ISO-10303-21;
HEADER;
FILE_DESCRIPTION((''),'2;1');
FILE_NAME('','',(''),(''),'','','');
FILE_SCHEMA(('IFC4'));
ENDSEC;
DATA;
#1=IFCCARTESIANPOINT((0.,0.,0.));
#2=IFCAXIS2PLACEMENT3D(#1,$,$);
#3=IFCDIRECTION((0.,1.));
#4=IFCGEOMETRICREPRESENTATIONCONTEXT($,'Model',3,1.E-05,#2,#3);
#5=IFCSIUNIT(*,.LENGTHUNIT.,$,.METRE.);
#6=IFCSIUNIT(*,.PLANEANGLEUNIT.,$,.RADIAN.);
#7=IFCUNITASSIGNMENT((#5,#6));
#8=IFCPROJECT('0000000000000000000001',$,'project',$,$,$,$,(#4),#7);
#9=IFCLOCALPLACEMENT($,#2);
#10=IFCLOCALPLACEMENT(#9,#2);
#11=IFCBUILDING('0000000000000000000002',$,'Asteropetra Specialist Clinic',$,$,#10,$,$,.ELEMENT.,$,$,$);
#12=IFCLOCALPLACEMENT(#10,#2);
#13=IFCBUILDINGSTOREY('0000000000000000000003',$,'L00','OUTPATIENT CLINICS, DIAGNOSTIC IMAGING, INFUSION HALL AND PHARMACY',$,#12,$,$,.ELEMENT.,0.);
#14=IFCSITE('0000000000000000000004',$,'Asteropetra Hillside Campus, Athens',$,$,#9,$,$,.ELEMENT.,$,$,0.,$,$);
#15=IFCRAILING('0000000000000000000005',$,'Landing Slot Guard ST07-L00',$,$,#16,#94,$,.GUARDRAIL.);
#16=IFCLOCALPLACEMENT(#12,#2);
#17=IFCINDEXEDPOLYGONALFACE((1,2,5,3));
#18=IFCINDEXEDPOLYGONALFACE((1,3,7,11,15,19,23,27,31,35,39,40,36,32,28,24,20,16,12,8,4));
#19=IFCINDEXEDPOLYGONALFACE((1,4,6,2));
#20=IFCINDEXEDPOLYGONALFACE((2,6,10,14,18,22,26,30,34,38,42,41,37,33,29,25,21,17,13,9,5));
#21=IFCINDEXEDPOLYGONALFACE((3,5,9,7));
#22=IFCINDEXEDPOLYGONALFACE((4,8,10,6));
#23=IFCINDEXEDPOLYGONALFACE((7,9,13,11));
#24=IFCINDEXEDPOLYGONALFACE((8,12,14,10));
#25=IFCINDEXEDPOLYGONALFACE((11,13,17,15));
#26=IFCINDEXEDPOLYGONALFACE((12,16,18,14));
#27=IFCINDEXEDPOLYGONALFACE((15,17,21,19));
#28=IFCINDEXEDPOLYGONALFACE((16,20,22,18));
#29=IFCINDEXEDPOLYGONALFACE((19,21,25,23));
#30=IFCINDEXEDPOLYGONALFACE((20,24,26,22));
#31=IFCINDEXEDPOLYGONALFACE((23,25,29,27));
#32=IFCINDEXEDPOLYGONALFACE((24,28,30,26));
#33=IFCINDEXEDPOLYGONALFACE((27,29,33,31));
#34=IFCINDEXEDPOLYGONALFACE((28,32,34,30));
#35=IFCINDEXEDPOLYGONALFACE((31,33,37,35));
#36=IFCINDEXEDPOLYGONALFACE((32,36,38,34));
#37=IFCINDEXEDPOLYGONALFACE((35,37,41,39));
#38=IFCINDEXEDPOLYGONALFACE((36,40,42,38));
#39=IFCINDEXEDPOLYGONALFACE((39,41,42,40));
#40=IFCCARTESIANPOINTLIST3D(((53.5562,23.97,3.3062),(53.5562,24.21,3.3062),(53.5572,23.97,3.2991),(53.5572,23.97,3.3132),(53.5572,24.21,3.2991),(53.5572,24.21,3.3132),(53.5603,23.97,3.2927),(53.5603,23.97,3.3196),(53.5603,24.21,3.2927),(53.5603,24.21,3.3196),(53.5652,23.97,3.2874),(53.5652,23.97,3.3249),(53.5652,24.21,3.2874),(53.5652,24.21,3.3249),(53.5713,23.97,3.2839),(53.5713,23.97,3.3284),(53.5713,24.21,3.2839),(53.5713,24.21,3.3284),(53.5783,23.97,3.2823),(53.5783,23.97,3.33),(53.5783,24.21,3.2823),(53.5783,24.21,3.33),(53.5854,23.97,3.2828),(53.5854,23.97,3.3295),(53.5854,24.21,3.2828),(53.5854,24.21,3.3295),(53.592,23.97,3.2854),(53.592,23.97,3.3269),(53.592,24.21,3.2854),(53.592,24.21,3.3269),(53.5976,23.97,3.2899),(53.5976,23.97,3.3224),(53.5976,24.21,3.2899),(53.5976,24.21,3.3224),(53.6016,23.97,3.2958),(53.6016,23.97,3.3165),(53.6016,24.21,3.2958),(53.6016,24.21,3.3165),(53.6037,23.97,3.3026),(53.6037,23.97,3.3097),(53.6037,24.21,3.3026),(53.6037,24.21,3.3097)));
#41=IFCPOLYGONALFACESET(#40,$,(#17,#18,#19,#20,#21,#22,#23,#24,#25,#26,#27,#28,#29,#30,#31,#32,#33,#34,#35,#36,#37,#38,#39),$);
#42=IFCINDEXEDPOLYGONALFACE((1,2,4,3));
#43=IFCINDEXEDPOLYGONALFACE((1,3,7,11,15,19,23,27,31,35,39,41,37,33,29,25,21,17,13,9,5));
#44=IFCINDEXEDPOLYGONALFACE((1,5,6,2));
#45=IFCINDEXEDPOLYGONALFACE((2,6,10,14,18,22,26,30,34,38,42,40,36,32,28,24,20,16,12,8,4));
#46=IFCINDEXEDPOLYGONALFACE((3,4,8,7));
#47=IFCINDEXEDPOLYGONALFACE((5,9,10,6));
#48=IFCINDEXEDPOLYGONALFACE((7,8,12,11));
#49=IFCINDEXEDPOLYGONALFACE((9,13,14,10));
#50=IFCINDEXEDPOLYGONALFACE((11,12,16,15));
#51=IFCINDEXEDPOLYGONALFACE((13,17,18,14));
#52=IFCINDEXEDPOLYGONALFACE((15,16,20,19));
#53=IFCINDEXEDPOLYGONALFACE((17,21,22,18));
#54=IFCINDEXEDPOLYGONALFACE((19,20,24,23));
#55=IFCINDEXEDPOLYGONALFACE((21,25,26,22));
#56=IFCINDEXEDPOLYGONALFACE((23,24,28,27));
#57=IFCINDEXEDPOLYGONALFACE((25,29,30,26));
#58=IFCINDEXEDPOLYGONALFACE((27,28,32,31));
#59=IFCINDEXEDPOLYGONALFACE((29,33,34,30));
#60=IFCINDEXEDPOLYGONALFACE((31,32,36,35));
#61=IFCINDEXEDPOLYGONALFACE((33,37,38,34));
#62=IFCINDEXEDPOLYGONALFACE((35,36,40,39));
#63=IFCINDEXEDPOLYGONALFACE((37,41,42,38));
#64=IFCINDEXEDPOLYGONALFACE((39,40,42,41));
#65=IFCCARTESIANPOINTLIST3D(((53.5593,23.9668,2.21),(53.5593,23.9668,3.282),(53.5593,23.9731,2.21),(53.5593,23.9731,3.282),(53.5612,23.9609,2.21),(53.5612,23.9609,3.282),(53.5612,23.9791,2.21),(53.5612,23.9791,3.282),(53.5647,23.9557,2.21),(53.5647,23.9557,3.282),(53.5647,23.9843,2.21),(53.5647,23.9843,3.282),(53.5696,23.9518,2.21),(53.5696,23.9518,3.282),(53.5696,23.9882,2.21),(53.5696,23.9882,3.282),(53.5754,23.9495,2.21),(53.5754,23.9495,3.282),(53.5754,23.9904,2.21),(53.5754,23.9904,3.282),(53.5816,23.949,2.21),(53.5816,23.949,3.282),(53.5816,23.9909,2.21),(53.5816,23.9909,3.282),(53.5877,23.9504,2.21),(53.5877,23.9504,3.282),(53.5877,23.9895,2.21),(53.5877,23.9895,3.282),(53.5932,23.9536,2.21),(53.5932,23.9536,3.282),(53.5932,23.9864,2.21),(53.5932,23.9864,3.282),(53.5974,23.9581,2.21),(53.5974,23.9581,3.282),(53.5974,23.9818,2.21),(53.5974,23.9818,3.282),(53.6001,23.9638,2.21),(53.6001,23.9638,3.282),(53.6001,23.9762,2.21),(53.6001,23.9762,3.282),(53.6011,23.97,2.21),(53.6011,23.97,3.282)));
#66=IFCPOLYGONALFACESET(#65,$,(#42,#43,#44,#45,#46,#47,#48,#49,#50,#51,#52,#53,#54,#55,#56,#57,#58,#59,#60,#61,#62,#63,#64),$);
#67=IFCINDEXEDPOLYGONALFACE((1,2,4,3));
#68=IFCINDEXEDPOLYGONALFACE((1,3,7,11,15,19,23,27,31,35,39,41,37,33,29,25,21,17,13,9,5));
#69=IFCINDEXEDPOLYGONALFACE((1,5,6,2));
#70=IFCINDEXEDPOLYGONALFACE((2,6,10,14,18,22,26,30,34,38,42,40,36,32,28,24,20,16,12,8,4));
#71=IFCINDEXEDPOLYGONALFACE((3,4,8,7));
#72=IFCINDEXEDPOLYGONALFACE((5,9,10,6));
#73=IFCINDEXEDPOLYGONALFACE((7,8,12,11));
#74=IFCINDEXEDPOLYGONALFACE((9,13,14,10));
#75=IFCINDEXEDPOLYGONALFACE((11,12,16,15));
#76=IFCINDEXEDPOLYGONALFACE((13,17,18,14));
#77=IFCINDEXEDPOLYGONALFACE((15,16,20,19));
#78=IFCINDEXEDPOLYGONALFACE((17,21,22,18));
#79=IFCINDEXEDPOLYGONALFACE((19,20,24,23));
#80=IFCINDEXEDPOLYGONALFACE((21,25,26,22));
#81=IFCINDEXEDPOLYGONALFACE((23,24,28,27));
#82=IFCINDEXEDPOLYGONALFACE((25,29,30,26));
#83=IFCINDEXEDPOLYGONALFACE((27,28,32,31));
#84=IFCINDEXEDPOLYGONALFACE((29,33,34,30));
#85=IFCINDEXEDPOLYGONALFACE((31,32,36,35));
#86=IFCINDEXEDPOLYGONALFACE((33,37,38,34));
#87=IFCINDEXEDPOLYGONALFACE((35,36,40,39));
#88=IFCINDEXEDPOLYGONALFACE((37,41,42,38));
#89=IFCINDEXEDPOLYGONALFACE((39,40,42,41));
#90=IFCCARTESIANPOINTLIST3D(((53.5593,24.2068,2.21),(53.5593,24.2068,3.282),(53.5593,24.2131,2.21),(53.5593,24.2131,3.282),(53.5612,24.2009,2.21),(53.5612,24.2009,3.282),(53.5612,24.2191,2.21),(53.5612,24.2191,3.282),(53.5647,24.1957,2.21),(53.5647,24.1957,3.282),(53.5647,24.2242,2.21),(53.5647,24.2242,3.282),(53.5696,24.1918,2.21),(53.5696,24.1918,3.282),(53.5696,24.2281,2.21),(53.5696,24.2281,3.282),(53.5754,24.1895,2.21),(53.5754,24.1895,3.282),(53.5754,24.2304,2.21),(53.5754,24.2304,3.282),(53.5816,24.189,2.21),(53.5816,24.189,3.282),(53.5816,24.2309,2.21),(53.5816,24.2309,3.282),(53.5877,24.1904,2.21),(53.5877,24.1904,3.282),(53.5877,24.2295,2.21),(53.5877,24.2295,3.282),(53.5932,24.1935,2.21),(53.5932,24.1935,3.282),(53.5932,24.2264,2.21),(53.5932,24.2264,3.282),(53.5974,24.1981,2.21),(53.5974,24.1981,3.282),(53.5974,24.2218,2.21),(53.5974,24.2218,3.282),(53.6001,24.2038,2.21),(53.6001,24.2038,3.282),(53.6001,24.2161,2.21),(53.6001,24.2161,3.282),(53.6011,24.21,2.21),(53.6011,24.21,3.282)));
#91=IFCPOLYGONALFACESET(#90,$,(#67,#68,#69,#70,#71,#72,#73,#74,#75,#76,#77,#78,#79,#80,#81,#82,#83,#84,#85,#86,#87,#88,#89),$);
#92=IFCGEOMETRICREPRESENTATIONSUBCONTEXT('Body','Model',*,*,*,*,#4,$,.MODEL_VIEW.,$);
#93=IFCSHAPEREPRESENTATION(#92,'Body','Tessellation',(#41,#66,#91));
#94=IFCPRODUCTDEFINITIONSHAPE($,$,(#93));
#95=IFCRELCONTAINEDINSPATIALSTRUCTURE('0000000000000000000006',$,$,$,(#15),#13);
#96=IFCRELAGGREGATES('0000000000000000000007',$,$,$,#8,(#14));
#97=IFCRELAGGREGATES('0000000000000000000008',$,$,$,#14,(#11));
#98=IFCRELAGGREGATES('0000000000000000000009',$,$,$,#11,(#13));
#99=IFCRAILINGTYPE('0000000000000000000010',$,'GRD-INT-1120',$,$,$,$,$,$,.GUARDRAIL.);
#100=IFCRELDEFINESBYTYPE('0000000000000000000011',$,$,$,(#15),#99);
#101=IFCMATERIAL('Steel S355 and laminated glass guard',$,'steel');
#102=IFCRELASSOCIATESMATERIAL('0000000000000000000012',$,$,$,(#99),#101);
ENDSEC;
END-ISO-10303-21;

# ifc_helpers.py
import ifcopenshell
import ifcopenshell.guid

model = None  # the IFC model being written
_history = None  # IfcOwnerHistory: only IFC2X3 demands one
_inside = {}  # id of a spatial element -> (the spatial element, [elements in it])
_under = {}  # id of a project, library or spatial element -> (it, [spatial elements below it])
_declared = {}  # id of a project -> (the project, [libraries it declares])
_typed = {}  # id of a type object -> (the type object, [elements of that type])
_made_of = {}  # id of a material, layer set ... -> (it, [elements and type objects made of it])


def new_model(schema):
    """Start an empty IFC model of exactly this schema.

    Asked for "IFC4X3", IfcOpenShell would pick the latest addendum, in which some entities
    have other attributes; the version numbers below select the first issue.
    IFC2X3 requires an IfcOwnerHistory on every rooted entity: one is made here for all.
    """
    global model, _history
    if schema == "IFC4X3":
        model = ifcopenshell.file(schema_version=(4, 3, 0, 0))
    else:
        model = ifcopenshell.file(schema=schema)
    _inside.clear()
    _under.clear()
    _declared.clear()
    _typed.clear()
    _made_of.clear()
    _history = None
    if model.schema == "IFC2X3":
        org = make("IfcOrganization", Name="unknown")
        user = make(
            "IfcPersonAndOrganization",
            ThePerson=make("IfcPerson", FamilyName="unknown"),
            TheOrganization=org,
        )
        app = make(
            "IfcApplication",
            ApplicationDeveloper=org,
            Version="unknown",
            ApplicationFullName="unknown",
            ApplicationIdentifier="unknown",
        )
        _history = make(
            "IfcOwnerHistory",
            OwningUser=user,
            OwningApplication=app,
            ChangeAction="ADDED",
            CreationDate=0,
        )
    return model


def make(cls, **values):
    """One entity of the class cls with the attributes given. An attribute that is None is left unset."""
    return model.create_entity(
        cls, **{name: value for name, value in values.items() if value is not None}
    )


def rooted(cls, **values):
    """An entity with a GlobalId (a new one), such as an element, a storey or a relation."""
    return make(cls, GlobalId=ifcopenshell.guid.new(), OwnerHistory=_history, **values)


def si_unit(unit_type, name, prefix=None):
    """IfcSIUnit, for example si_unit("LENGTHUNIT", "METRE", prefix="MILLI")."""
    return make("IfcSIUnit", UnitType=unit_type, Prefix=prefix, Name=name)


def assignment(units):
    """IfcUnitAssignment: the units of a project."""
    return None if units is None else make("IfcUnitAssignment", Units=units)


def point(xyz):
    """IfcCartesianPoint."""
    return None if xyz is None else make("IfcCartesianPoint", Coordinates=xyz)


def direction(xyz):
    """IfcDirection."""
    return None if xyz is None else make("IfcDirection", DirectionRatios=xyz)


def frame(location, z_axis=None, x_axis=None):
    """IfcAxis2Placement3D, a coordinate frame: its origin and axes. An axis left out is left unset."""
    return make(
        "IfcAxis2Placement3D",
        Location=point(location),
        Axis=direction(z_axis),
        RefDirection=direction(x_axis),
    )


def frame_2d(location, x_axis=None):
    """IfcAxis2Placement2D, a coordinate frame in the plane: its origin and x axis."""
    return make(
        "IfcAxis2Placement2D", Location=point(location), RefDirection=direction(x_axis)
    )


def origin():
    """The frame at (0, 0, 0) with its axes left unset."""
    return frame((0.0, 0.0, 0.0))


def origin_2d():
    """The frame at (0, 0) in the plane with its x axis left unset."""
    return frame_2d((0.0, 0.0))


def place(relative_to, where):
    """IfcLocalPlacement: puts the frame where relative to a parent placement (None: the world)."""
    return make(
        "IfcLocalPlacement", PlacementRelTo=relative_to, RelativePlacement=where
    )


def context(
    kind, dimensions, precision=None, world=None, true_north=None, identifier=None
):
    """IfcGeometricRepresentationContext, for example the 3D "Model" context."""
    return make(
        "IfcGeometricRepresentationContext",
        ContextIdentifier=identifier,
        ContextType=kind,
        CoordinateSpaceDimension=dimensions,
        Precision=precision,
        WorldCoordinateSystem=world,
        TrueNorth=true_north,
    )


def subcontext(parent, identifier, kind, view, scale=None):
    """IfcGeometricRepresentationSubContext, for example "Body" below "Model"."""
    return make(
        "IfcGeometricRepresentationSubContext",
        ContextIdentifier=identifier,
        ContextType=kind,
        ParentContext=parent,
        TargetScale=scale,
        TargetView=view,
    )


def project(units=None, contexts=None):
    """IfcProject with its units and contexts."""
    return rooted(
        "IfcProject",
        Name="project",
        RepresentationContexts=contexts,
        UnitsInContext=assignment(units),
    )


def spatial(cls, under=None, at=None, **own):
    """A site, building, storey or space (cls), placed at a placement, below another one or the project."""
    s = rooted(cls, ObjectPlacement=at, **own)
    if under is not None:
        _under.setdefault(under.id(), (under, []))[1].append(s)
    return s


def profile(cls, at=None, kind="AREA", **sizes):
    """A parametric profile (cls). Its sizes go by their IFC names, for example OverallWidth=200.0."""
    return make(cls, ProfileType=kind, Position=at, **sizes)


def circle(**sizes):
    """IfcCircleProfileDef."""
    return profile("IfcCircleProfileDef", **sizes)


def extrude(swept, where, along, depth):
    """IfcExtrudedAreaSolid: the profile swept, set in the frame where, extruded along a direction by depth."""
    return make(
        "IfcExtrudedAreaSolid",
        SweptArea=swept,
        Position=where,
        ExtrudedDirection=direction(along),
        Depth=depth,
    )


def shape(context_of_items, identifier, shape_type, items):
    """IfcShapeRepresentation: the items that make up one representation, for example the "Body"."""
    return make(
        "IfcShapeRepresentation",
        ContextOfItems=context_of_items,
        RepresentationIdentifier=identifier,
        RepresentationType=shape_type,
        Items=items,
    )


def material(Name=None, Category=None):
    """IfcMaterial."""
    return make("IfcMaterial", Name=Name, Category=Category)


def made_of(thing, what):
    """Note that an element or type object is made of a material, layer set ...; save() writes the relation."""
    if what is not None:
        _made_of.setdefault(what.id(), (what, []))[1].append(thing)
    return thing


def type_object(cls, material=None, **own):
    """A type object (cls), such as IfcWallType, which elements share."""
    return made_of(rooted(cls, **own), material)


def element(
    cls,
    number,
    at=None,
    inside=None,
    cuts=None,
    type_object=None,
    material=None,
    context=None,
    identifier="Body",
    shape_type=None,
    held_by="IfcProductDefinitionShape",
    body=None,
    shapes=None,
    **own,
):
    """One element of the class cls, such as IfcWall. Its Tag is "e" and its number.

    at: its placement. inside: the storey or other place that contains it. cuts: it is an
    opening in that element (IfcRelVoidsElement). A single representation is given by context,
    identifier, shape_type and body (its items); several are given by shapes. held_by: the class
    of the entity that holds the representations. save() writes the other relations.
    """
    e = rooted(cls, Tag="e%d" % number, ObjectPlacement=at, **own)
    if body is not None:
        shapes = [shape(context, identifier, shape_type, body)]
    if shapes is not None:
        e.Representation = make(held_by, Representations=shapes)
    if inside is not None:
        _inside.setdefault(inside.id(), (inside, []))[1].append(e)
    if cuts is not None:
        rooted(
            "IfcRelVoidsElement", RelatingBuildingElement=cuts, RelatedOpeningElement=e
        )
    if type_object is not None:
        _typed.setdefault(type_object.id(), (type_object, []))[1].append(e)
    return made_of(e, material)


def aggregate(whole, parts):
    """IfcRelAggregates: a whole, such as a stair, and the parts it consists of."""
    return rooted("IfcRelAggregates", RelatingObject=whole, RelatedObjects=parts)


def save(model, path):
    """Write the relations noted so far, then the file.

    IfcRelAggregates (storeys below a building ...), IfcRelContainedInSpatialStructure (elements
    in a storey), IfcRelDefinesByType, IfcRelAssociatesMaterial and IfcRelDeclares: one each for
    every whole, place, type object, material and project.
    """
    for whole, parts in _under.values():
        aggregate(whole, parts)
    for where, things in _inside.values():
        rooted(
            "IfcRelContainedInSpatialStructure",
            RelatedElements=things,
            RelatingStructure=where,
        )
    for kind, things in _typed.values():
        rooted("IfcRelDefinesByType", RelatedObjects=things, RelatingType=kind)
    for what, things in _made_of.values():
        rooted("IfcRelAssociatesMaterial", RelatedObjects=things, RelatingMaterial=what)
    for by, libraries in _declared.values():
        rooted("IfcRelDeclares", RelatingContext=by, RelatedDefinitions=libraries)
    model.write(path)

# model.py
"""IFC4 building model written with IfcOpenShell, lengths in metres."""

from ifc_helpers import new_model, si_unit, direction, frame, origin, origin_2d, place, context, subcontext, project, spatial, circle, extrude, material, type_object, element, save


model = new_model("IFC4")

# Units and contexts
model_context = context("Model", 3, precision=1e-05, world=origin(), true_north=direction((0.0, 1.0)))
body_context = subcontext(model_context, "Body", "Model", "MODEL_VIEW")
ifc_project = project(units=[si_unit("LENGTHUNIT", "METRE"), si_unit("PLANEANGLEUNIT", "RADIAN")], contexts=[model_context])

# Site, building, storey
site_placement = place(None, origin())
site = spatial("IfcSite", under=ifc_project, at=site_placement, Name="Asteropetra Hillside Campus, Athens", CompositionType="ELEMENT", RefElevation=0.0)
building_placement = place(site_placement, origin())
building = spatial("IfcBuilding", under=site, at=building_placement, Name="Asteropetra Specialist Clinic", CompositionType="ELEMENT")
storey_placement = place(building_placement, origin())
storey = spatial("IfcBuildingStorey", under=building, at=storey_placement, Name="L00", Description="OUTPATIENT CLINICS, DIAGNOSTIC IMAGING, INFUSION HALL AND PHARMACY", CompositionType="ELEMENT", Elevation=0.0)

# Railing
ifc_material_1 = material(Name="Steel S355 and laminated glass guard", Category="steel")
railing_type_1 = type_object("IfcRailingType", Name="GRD-INT-1120", PredefinedType="GUARDRAIL", material=ifc_material_1)
railing_1_placement = place(storey_placement, frame((53.5801, 23.97, 2.21)))
element("IfcRailing", 1, at=railing_1_placement, inside=storey, type_object=railing_type_1, Name="Landing Slot Guard ST07-L00", PredefinedType="GUARDRAIL", context=body_context, shape_type="SweptSolid", body=[
    extrude(circle(Radius=0.0239, at=origin_2d()), frame((0.0, 0.0, 1.0962), z_axis=(0.0, 1.0, 0.0), x_axis=(-1.0, 0.0, 0.0)), (0.0, 0.0, 1.0), 0.24),
    extrude(circle(Radius=0.021, at=origin_2d()), origin(), (0.0, 0.0, 1.0), 1.072),
    extrude(circle(Radius=0.021, at=origin_2d()), frame((0.0, 0.24, 0.0)), (0.0, 0.0, 1.0), 1.072),
])

save(model, "model.ifc")
